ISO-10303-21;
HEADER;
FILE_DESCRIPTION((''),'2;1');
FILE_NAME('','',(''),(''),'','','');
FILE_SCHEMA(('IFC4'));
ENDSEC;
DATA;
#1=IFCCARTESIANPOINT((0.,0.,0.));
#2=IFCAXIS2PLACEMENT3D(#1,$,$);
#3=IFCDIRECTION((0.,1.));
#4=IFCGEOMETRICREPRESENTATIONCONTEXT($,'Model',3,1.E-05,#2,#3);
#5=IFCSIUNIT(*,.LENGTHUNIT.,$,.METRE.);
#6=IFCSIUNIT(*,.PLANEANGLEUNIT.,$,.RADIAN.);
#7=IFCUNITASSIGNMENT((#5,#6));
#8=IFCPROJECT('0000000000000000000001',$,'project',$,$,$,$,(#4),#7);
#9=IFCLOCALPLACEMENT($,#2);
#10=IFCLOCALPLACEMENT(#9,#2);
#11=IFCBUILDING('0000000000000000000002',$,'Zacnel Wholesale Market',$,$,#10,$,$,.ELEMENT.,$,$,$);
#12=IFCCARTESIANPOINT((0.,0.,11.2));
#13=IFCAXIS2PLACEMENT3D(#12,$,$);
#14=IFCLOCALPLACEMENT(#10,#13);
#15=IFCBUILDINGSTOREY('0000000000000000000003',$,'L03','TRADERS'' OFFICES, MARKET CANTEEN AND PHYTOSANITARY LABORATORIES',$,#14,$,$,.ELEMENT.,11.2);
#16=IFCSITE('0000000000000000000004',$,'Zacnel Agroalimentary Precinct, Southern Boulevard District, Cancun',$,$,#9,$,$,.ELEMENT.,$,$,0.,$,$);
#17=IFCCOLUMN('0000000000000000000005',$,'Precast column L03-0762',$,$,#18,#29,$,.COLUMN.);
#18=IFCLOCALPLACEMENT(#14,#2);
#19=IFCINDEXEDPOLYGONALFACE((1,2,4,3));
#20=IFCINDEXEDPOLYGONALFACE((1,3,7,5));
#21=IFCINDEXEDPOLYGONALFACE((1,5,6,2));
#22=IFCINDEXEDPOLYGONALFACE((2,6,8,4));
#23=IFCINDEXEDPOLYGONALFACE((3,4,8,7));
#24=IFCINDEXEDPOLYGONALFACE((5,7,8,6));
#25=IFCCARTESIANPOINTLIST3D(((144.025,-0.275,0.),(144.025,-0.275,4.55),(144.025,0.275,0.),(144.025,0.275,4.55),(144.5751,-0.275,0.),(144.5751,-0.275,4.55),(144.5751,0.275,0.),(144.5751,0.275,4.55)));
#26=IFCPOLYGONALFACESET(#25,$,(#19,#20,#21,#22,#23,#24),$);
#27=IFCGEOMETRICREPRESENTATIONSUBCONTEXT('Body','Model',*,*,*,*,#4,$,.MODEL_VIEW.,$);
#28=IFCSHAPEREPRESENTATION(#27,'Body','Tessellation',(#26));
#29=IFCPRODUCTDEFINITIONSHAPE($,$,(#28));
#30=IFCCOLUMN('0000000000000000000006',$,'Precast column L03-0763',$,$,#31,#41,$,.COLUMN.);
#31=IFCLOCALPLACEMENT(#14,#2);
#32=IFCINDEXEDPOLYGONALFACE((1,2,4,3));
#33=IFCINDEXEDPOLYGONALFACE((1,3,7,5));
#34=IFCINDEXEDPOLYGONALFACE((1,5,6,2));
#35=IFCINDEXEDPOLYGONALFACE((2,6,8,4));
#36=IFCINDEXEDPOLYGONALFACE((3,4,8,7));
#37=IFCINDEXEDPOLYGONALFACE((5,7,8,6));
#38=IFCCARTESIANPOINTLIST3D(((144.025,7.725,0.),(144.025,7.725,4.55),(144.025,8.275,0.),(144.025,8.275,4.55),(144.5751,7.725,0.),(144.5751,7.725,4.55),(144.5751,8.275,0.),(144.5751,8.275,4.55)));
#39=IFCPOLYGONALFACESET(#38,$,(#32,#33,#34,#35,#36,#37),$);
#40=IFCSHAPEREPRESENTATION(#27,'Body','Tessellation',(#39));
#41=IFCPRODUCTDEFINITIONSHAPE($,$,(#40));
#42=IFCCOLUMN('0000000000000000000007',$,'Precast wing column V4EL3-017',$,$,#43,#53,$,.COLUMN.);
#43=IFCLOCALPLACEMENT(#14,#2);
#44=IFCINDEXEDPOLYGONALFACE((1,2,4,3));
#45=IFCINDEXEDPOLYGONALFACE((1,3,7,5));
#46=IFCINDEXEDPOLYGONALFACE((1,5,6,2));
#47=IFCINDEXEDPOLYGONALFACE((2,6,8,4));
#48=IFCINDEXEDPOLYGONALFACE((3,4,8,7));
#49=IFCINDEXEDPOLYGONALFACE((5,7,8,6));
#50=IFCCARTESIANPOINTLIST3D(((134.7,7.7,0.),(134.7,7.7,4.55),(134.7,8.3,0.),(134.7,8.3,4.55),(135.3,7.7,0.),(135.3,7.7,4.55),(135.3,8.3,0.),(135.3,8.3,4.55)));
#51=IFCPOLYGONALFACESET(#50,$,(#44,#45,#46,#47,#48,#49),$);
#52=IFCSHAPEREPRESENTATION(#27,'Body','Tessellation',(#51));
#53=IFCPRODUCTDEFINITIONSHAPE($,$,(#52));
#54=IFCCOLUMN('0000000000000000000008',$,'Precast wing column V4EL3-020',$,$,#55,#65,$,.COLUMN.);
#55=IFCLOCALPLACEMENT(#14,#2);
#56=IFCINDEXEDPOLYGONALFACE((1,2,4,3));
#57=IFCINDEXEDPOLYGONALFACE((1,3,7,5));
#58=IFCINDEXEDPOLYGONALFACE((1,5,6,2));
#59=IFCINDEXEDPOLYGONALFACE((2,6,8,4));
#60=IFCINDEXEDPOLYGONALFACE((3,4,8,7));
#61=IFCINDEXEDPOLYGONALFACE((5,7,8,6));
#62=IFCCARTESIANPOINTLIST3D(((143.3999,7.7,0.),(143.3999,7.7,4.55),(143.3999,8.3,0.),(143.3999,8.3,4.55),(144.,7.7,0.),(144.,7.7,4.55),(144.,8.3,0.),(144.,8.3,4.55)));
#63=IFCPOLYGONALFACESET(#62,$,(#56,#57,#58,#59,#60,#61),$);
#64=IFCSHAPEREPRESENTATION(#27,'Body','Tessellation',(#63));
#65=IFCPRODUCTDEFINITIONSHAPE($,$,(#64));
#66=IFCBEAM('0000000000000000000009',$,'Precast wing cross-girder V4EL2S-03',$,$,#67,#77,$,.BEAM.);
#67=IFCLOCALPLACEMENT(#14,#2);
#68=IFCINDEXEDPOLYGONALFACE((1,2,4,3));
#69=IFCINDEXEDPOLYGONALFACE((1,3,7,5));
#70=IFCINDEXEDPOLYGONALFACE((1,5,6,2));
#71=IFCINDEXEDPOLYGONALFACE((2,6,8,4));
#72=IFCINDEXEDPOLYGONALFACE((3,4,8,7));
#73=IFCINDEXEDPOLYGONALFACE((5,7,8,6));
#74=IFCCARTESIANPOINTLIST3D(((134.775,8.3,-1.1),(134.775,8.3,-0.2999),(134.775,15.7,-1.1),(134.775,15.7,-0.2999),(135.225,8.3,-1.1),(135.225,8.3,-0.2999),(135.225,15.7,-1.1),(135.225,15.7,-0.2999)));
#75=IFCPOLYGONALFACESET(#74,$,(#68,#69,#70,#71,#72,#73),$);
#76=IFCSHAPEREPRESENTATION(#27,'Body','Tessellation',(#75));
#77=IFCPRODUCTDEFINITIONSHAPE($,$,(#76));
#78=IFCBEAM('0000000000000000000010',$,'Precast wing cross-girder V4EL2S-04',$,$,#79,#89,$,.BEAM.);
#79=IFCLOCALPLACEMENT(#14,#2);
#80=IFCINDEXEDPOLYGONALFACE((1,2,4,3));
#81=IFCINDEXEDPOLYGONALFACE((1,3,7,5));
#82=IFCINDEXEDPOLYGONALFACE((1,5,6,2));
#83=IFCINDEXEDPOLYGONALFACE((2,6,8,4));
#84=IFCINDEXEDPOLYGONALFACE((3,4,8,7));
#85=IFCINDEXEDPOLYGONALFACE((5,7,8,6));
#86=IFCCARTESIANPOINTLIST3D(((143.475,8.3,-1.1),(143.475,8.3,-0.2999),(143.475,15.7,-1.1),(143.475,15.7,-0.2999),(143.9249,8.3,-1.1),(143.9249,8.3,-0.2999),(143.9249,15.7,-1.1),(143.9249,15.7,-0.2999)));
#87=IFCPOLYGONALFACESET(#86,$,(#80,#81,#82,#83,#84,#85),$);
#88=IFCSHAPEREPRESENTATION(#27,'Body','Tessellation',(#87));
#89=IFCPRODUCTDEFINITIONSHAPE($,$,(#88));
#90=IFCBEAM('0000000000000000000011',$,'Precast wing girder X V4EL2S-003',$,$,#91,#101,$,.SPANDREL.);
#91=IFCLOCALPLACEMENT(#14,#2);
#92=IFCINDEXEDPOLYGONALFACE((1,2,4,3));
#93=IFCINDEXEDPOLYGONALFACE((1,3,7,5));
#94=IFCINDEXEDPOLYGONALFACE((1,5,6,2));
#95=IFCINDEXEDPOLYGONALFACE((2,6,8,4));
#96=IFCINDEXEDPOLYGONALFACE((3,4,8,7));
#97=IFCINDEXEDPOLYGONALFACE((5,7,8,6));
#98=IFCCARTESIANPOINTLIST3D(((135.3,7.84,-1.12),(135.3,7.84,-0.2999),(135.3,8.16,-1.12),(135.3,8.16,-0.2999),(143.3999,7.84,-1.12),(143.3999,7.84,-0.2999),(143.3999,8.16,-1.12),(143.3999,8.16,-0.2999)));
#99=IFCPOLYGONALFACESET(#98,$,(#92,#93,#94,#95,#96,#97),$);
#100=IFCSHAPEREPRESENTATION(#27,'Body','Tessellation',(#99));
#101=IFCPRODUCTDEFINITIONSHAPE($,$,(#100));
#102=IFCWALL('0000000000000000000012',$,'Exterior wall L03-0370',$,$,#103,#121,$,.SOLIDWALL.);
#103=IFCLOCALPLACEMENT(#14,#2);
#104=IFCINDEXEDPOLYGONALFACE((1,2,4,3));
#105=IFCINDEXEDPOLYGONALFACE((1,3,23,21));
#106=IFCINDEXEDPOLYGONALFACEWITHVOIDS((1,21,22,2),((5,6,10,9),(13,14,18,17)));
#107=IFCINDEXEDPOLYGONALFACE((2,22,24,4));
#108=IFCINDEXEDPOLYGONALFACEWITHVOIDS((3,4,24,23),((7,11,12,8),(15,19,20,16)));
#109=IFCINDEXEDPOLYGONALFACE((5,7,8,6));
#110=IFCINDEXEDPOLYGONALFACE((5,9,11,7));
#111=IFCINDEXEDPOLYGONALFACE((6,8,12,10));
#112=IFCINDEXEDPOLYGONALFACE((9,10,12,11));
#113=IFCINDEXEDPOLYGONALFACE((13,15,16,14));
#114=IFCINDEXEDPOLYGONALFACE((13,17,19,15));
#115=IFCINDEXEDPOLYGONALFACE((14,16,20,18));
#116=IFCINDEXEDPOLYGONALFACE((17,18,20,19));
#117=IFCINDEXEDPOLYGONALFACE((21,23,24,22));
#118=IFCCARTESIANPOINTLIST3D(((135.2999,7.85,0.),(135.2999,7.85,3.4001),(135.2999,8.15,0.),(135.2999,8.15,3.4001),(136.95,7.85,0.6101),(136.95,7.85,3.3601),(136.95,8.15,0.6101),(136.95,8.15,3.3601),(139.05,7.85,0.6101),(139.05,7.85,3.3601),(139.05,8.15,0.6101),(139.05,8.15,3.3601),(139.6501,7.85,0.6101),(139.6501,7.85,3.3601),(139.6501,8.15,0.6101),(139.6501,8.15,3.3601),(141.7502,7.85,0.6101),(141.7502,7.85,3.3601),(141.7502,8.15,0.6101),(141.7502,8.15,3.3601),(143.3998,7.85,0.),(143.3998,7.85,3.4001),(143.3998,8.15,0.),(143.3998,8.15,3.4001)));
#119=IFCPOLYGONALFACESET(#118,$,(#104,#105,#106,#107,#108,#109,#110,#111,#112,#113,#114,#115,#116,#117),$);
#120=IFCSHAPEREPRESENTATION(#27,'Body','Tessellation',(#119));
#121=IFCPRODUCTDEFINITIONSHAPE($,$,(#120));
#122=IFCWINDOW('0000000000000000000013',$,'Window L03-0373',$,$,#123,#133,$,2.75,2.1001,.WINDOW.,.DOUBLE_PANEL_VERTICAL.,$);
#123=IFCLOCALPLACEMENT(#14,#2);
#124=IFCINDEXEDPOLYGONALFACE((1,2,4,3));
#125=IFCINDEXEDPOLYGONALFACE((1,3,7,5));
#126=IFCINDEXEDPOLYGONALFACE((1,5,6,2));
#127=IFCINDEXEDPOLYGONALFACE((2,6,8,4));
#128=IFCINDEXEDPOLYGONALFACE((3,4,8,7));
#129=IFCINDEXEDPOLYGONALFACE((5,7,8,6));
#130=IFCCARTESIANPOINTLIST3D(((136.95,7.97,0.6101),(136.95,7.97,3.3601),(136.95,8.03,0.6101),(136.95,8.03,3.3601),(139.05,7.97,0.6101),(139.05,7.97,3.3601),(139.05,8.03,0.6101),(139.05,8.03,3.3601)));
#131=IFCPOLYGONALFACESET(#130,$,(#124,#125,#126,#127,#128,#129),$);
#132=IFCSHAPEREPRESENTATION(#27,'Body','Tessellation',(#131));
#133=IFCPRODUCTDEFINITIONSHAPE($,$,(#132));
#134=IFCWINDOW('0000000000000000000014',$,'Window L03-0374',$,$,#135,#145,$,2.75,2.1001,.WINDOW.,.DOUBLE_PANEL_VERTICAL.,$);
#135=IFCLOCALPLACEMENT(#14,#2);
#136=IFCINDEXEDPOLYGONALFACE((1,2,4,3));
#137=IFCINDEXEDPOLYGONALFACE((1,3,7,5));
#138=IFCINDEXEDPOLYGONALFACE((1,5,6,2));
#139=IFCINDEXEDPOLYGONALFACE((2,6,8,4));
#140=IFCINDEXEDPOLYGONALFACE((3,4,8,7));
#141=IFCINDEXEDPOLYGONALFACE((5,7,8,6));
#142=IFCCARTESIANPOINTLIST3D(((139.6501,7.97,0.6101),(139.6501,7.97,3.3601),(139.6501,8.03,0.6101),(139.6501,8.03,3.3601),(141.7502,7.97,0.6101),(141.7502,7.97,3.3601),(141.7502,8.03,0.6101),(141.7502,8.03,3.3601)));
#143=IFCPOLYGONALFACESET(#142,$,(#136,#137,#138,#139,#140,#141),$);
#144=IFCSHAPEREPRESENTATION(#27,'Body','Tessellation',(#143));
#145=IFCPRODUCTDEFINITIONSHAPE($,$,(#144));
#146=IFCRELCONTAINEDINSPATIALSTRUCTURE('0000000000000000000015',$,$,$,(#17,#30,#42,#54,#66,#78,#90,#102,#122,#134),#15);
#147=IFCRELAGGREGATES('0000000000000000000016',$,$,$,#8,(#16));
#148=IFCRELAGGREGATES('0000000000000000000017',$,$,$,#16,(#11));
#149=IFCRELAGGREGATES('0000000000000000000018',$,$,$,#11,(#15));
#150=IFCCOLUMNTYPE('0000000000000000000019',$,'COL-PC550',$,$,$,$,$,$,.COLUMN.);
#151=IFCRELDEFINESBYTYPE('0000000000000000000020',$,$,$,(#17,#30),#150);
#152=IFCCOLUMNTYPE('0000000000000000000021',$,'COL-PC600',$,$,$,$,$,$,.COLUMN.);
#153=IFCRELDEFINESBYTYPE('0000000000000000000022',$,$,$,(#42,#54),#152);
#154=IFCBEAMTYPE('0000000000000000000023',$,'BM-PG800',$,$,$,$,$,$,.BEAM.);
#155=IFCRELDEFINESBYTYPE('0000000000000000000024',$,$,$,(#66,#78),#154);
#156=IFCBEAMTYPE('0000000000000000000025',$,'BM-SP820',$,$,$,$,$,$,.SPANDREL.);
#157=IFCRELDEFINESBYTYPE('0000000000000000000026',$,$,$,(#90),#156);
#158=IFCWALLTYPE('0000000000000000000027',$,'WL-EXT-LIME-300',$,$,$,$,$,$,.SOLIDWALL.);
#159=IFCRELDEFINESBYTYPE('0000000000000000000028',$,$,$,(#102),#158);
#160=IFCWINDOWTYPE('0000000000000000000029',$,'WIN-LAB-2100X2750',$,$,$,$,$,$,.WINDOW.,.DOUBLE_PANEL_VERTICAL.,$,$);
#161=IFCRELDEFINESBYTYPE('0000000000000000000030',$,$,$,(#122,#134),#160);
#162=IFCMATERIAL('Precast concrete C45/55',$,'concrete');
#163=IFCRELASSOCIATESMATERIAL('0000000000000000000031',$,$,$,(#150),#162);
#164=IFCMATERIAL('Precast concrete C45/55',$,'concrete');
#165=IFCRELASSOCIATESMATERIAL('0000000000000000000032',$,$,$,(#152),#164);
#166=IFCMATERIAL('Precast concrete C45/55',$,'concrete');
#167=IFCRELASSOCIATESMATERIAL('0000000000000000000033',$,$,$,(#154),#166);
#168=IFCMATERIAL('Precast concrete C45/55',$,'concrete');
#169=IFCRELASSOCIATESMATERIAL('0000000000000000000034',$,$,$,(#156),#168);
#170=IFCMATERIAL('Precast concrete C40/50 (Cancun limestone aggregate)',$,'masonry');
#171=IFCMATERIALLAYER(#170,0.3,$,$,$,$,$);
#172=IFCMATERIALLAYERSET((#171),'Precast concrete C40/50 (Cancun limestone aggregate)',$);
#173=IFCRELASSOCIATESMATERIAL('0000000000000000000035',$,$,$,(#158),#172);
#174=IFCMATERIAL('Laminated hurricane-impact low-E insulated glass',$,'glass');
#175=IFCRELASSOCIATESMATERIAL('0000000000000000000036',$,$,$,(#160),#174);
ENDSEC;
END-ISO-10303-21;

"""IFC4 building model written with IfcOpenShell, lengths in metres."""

from ifc_helpers import new_model, si_unit, direction, frame, frame_2d, origin, origin_2d, place, context, subcontext, project, spatial, rectangle, extrude, material, layer, layer_set, material_profile, profile_set, type_object, element, fill, save


model = new_model("IFC4")

# Units and contexts
model_context = context("Model", 3, precision=1e-05, world=origin(), true_north=direction((0.0, 1.0)))
body_context = subcontext(model_context, "Body", "Model", "MODEL_VIEW")
ifc_project = project(units=[si_unit("LENGTHUNIT", "METRE"), si_unit("PLANEANGLEUNIT", "RADIAN")], contexts=[model_context])

# Site, building, storey
site_placement = place(None, origin())
site = spatial("IfcSite", under=ifc_project, at=site_placement, Name="Zacnel Agroalimentary Precinct, Southern Boulevard District, Cancun", CompositionType="ELEMENT", RefElevation=0.0)
building_placement = place(site_placement, origin())
building = spatial("IfcBuilding", under=site, at=building_placement, Name="Zacnel Wholesale Market", CompositionType="ELEMENT")
storey_placement = place(building_placement, frame((0.0, 0.0, 11.2)))
storey = spatial("IfcBuildingStorey", under=building, at=storey_placement, Name="L03", Description="TRADERS' OFFICES, MARKET CANTEEN AND PHYTOSANITARY LABORATORIES", CompositionType="ELEMENT", Elevation=11.2)

# Columns
ifc_material_1 = material(Name="Precast concrete C45/55", Category="concrete")
ifc_material_profile_1 = material_profile(ifc_material_1, rectangle(XDim=0.55, YDim=0.55, at=origin_2d()), Name="PC 550x550")
ifc_profile_set_1 = profile_set([ifc_material_profile_1], Name="Precast concrete C45/55")
column_type_1 = type_object("IfcColumnType", Name="COL-PC550", PredefinedType="COLUMN", material=ifc_profile_set_1)
for number, where, z_axis, x_axis, name in (
    (1, (144.3, 0.0, 0.0), (0.0, 0.0, 1.0), (1.0, 0.0, 0.0), "Precast column L03-0762"),
    (2, (144.3, 8.0, 0.0), (0.0, 0.0, 1.0), (1.0, 0.0, 0.0), "Precast column L03-0763"),
):
    element("IfcColumn", number, at=place(storey_placement, frame(where, z_axis=z_axis, x_axis=x_axis)), inside=storey, type_object=column_type_1, Name=name, PredefinedType="COLUMN", context=body_context, shape_type="SweptSolid", body=[
        extrude(rectangle(XDim=0.55, YDim=0.55, at=origin_2d()), origin(), (0.0, 0.0, 1.0), 4.55),
    ])
ifc_material_2 = material(Name="Precast concrete C45/55", Category="concrete")
ifc_material_profile_2 = material_profile(ifc_material_2, rectangle(XDim=0.6001, YDim=0.6001, at=origin_2d()), Name="PC 600x600")
ifc_profile_set_2 = profile_set([ifc_material_profile_2], Name="Precast concrete C45/55")
column_type_2 = type_object("IfcColumnType", Name="COL-PC600", PredefinedType="COLUMN", material=ifc_profile_set_2)
for number, where, z_axis, x_axis, name in (
    (3, (135.0, 8.0, 0.0), (0.0, 0.0, 1.0), (1.0, 0.0, 0.0), "Precast wing column V4EL3-017"),
    (4, (143.7, 8.0, 0.0), (0.0, 0.0, 1.0), (1.0, 0.0, 0.0), "Precast wing column V4EL3-020"),
):
    element("IfcColumn", number, at=place(storey_placement, frame(where, z_axis=z_axis, x_axis=x_axis)), inside=storey, type_object=column_type_2, Name=name, PredefinedType="COLUMN", context=body_context, shape_type="SweptSolid", body=[
        extrude(rectangle(XDim=0.6001, YDim=0.6001, at=origin_2d()), origin(), (0.0, 0.0, 1.0), 4.55),
    ])

# Beams
ifc_material_3 = material(Name="Precast concrete C45/55", Category="concrete")
ifc_material_profile_3 = material_profile(ifc_material_3, rectangle(XDim=0.45, YDim=0.8, at=origin_2d()), Name="PG 450x800")
ifc_profile_set_3 = profile_set([ifc_material_profile_3], Name="Precast concrete C45/55")
beam_type_1 = type_object("IfcBeamType", Name="BM-PG800", PredefinedType="BEAM", material=ifc_profile_set_3)
for number, where, z_axis, x_axis, name in (
    (5, (135.0, 8.3, -0.7), (0.0, 1.0, 0.0), (-1.0, 0.0, 0.0), "Precast wing cross-girder V4EL2S-03"),
    (6, (143.7, 8.3, -0.7), (0.0, 1.0, 0.0), (-1.0, 0.0, 0.0), "Precast wing cross-girder V4EL2S-04"),
):
    element("IfcBeam", number, at=place(storey_placement, frame(where, z_axis=z_axis, x_axis=x_axis)), inside=storey, type_object=beam_type_1, Name=name, PredefinedType="BEAM", context=body_context, shape_type="SweptSolid", body=[
        extrude(rectangle(XDim=0.45, YDim=0.8, at=origin_2d()), origin(), (0.0, 0.0, 1.0), 7.3999),
    ])
ifc_material_4 = material(Name="Precast concrete C45/55", Category="concrete")
ifc_material_profile_4 = material_profile(ifc_material_4, rectangle(XDim=0.3201, YDim=0.8201, at=origin_2d()), Name="SP 320x820")
ifc_profile_set_4 = profile_set([ifc_material_profile_4], Name="Precast concrete C45/55")
beam_type_2 = type_object("IfcBeamType", Name="BM-SP820", PredefinedType="SPANDREL", material=ifc_profile_set_4)
beam_placement = place(storey_placement, frame((135.3, 8.0, -0.71), z_axis=(1.0, 0.0, 0.0), x_axis=(0.0, 1.0, 0.0)))
element("IfcBeam", 7, at=beam_placement, inside=storey, type_object=beam_type_2, Name="Precast wing girder X V4EL2S-003", PredefinedType="SPANDREL", context=body_context, shape_type="SweptSolid", body=[
    extrude(rectangle(XDim=0.3201, YDim=0.8201, at=origin_2d()), origin(), (0.0, 0.0, 1.0), 8.0999),
])

# Wall, openings, windows
ifc_material_5 = material(Name="Precast concrete C40/50 (Cancun limestone aggregate)", Category="masonry")
ifc_layer_1 = layer(ifc_material_5, 0.3)
ifc_layer_set_1 = layer_set([ifc_layer_1], Name="Precast concrete C40/50 (Cancun limestone aggregate)")
wall_type = type_object("IfcWallType", Name="WL-EXT-LIME-300", PredefinedType="SOLIDWALL", material=ifc_layer_set_1)
wall_1_placement = place(storey_placement, frame((135.3, 8.0, 0.0), z_axis=(0.0, 0.0, 1.0), x_axis=(1.0, 0.0, 0.0)))
wall_1 = element("IfcWall", 8, at=wall_1_placement, inside=storey, type_object=wall_type, Name="Exterior wall L03-0370", PredefinedType="SOLIDWALL", context=body_context, shape_type="SweptSolid", body=[
    extrude(rectangle(XDim=8.0999, YDim=0.3, at=frame_2d((4.0498, 0.0))), origin(), (0.0, 0.0, 1.0), 3.4001),
])
opening_1_placement = place(wall_1_placement, frame((1.6499, 0.0, 0.6101)))
opening_1 = element("IfcOpeningElement", 9, at=opening_1_placement, cuts=wall_1, PredefinedType="OPENING", context=body_context, shape_type="SweptSolid", body=[
    extrude(rectangle(XDim=2.1001, YDim=2.75, at=frame_2d((1.05, 1.375))), frame((0.0, 0.1599, 0.0), z_axis=(0.0, -1.0, 0.0), x_axis=(1.0, 0.0, 0.0)), (0.0, 0.0, 1.0), 0.3201),
])
opening_2_placement = place(wall_1_placement, frame((4.3501, 0.0, 0.6101)))
opening_2 = element("IfcOpeningElement", 10, at=opening_2_placement, cuts=wall_1, PredefinedType="OPENING", context=body_context, shape_type="SweptSolid", body=[
    extrude(rectangle(XDim=2.1001, YDim=2.75, at=frame_2d((1.05, 1.375))), frame((0.0, 0.1599, 0.0), z_axis=(0.0, -1.0, 0.0), x_axis=(1.0, 0.0, 0.0)), (0.0, 0.0, 1.0), 0.3201),
])
ifc_material_6 = material(Name="Laminated hurricane-impact low-E insulated glass", Category="glass")
window_type = type_object("IfcWindowType", Name="WIN-LAB-2100X2750", PartitioningType="DOUBLE_PANEL_VERTICAL", PredefinedType="WINDOW", material=ifc_material_6)
window_1_placement = place(opening_1_placement, origin())
window_1 = element("IfcWindow", 11, at=window_1_placement, inside=storey, type_object=window_type, Name="Window L03-0373", OverallHeight=2.75, OverallWidth=2.1001, PartitioningType="DOUBLE_PANEL_VERTICAL", PredefinedType="WINDOW", context=body_context, shape_type="SweptSolid", body=[
    extrude(rectangle(XDim=2.1001, YDim=2.75, at=frame_2d((1.05, 1.375))), frame((0.0, 0.03, 0.0), z_axis=(0.0, -1.0, 0.0), x_axis=(1.0, 0.0, 0.0)), (0.0, 0.0, 1.0), 0.0601),
])
fill(opening_1, window_1)
window_2_placement = place(opening_2_placement, origin())
window_2 = element("IfcWindow", 12, at=window_2_placement, inside=storey, type_object=window_type, Name="Window L03-0374", OverallHeight=2.75, OverallWidth=2.1001, PartitioningType="DOUBLE_PANEL_VERTICAL", PredefinedType="WINDOW", context=body_context, shape_type="SweptSolid", body=[
    extrude(rectangle(XDim=2.1001, YDim=2.75, at=frame_2d((1.05, 1.375))), frame((0.0, 0.03, 0.0), z_axis=(0.0, -1.0, 0.0), x_axis=(1.0, 0.0, 0.0)), (0.0, 0.0, 1.0), 0.0601),
])
fill(opening_2, window_2)

save(model, "model.ifc")
